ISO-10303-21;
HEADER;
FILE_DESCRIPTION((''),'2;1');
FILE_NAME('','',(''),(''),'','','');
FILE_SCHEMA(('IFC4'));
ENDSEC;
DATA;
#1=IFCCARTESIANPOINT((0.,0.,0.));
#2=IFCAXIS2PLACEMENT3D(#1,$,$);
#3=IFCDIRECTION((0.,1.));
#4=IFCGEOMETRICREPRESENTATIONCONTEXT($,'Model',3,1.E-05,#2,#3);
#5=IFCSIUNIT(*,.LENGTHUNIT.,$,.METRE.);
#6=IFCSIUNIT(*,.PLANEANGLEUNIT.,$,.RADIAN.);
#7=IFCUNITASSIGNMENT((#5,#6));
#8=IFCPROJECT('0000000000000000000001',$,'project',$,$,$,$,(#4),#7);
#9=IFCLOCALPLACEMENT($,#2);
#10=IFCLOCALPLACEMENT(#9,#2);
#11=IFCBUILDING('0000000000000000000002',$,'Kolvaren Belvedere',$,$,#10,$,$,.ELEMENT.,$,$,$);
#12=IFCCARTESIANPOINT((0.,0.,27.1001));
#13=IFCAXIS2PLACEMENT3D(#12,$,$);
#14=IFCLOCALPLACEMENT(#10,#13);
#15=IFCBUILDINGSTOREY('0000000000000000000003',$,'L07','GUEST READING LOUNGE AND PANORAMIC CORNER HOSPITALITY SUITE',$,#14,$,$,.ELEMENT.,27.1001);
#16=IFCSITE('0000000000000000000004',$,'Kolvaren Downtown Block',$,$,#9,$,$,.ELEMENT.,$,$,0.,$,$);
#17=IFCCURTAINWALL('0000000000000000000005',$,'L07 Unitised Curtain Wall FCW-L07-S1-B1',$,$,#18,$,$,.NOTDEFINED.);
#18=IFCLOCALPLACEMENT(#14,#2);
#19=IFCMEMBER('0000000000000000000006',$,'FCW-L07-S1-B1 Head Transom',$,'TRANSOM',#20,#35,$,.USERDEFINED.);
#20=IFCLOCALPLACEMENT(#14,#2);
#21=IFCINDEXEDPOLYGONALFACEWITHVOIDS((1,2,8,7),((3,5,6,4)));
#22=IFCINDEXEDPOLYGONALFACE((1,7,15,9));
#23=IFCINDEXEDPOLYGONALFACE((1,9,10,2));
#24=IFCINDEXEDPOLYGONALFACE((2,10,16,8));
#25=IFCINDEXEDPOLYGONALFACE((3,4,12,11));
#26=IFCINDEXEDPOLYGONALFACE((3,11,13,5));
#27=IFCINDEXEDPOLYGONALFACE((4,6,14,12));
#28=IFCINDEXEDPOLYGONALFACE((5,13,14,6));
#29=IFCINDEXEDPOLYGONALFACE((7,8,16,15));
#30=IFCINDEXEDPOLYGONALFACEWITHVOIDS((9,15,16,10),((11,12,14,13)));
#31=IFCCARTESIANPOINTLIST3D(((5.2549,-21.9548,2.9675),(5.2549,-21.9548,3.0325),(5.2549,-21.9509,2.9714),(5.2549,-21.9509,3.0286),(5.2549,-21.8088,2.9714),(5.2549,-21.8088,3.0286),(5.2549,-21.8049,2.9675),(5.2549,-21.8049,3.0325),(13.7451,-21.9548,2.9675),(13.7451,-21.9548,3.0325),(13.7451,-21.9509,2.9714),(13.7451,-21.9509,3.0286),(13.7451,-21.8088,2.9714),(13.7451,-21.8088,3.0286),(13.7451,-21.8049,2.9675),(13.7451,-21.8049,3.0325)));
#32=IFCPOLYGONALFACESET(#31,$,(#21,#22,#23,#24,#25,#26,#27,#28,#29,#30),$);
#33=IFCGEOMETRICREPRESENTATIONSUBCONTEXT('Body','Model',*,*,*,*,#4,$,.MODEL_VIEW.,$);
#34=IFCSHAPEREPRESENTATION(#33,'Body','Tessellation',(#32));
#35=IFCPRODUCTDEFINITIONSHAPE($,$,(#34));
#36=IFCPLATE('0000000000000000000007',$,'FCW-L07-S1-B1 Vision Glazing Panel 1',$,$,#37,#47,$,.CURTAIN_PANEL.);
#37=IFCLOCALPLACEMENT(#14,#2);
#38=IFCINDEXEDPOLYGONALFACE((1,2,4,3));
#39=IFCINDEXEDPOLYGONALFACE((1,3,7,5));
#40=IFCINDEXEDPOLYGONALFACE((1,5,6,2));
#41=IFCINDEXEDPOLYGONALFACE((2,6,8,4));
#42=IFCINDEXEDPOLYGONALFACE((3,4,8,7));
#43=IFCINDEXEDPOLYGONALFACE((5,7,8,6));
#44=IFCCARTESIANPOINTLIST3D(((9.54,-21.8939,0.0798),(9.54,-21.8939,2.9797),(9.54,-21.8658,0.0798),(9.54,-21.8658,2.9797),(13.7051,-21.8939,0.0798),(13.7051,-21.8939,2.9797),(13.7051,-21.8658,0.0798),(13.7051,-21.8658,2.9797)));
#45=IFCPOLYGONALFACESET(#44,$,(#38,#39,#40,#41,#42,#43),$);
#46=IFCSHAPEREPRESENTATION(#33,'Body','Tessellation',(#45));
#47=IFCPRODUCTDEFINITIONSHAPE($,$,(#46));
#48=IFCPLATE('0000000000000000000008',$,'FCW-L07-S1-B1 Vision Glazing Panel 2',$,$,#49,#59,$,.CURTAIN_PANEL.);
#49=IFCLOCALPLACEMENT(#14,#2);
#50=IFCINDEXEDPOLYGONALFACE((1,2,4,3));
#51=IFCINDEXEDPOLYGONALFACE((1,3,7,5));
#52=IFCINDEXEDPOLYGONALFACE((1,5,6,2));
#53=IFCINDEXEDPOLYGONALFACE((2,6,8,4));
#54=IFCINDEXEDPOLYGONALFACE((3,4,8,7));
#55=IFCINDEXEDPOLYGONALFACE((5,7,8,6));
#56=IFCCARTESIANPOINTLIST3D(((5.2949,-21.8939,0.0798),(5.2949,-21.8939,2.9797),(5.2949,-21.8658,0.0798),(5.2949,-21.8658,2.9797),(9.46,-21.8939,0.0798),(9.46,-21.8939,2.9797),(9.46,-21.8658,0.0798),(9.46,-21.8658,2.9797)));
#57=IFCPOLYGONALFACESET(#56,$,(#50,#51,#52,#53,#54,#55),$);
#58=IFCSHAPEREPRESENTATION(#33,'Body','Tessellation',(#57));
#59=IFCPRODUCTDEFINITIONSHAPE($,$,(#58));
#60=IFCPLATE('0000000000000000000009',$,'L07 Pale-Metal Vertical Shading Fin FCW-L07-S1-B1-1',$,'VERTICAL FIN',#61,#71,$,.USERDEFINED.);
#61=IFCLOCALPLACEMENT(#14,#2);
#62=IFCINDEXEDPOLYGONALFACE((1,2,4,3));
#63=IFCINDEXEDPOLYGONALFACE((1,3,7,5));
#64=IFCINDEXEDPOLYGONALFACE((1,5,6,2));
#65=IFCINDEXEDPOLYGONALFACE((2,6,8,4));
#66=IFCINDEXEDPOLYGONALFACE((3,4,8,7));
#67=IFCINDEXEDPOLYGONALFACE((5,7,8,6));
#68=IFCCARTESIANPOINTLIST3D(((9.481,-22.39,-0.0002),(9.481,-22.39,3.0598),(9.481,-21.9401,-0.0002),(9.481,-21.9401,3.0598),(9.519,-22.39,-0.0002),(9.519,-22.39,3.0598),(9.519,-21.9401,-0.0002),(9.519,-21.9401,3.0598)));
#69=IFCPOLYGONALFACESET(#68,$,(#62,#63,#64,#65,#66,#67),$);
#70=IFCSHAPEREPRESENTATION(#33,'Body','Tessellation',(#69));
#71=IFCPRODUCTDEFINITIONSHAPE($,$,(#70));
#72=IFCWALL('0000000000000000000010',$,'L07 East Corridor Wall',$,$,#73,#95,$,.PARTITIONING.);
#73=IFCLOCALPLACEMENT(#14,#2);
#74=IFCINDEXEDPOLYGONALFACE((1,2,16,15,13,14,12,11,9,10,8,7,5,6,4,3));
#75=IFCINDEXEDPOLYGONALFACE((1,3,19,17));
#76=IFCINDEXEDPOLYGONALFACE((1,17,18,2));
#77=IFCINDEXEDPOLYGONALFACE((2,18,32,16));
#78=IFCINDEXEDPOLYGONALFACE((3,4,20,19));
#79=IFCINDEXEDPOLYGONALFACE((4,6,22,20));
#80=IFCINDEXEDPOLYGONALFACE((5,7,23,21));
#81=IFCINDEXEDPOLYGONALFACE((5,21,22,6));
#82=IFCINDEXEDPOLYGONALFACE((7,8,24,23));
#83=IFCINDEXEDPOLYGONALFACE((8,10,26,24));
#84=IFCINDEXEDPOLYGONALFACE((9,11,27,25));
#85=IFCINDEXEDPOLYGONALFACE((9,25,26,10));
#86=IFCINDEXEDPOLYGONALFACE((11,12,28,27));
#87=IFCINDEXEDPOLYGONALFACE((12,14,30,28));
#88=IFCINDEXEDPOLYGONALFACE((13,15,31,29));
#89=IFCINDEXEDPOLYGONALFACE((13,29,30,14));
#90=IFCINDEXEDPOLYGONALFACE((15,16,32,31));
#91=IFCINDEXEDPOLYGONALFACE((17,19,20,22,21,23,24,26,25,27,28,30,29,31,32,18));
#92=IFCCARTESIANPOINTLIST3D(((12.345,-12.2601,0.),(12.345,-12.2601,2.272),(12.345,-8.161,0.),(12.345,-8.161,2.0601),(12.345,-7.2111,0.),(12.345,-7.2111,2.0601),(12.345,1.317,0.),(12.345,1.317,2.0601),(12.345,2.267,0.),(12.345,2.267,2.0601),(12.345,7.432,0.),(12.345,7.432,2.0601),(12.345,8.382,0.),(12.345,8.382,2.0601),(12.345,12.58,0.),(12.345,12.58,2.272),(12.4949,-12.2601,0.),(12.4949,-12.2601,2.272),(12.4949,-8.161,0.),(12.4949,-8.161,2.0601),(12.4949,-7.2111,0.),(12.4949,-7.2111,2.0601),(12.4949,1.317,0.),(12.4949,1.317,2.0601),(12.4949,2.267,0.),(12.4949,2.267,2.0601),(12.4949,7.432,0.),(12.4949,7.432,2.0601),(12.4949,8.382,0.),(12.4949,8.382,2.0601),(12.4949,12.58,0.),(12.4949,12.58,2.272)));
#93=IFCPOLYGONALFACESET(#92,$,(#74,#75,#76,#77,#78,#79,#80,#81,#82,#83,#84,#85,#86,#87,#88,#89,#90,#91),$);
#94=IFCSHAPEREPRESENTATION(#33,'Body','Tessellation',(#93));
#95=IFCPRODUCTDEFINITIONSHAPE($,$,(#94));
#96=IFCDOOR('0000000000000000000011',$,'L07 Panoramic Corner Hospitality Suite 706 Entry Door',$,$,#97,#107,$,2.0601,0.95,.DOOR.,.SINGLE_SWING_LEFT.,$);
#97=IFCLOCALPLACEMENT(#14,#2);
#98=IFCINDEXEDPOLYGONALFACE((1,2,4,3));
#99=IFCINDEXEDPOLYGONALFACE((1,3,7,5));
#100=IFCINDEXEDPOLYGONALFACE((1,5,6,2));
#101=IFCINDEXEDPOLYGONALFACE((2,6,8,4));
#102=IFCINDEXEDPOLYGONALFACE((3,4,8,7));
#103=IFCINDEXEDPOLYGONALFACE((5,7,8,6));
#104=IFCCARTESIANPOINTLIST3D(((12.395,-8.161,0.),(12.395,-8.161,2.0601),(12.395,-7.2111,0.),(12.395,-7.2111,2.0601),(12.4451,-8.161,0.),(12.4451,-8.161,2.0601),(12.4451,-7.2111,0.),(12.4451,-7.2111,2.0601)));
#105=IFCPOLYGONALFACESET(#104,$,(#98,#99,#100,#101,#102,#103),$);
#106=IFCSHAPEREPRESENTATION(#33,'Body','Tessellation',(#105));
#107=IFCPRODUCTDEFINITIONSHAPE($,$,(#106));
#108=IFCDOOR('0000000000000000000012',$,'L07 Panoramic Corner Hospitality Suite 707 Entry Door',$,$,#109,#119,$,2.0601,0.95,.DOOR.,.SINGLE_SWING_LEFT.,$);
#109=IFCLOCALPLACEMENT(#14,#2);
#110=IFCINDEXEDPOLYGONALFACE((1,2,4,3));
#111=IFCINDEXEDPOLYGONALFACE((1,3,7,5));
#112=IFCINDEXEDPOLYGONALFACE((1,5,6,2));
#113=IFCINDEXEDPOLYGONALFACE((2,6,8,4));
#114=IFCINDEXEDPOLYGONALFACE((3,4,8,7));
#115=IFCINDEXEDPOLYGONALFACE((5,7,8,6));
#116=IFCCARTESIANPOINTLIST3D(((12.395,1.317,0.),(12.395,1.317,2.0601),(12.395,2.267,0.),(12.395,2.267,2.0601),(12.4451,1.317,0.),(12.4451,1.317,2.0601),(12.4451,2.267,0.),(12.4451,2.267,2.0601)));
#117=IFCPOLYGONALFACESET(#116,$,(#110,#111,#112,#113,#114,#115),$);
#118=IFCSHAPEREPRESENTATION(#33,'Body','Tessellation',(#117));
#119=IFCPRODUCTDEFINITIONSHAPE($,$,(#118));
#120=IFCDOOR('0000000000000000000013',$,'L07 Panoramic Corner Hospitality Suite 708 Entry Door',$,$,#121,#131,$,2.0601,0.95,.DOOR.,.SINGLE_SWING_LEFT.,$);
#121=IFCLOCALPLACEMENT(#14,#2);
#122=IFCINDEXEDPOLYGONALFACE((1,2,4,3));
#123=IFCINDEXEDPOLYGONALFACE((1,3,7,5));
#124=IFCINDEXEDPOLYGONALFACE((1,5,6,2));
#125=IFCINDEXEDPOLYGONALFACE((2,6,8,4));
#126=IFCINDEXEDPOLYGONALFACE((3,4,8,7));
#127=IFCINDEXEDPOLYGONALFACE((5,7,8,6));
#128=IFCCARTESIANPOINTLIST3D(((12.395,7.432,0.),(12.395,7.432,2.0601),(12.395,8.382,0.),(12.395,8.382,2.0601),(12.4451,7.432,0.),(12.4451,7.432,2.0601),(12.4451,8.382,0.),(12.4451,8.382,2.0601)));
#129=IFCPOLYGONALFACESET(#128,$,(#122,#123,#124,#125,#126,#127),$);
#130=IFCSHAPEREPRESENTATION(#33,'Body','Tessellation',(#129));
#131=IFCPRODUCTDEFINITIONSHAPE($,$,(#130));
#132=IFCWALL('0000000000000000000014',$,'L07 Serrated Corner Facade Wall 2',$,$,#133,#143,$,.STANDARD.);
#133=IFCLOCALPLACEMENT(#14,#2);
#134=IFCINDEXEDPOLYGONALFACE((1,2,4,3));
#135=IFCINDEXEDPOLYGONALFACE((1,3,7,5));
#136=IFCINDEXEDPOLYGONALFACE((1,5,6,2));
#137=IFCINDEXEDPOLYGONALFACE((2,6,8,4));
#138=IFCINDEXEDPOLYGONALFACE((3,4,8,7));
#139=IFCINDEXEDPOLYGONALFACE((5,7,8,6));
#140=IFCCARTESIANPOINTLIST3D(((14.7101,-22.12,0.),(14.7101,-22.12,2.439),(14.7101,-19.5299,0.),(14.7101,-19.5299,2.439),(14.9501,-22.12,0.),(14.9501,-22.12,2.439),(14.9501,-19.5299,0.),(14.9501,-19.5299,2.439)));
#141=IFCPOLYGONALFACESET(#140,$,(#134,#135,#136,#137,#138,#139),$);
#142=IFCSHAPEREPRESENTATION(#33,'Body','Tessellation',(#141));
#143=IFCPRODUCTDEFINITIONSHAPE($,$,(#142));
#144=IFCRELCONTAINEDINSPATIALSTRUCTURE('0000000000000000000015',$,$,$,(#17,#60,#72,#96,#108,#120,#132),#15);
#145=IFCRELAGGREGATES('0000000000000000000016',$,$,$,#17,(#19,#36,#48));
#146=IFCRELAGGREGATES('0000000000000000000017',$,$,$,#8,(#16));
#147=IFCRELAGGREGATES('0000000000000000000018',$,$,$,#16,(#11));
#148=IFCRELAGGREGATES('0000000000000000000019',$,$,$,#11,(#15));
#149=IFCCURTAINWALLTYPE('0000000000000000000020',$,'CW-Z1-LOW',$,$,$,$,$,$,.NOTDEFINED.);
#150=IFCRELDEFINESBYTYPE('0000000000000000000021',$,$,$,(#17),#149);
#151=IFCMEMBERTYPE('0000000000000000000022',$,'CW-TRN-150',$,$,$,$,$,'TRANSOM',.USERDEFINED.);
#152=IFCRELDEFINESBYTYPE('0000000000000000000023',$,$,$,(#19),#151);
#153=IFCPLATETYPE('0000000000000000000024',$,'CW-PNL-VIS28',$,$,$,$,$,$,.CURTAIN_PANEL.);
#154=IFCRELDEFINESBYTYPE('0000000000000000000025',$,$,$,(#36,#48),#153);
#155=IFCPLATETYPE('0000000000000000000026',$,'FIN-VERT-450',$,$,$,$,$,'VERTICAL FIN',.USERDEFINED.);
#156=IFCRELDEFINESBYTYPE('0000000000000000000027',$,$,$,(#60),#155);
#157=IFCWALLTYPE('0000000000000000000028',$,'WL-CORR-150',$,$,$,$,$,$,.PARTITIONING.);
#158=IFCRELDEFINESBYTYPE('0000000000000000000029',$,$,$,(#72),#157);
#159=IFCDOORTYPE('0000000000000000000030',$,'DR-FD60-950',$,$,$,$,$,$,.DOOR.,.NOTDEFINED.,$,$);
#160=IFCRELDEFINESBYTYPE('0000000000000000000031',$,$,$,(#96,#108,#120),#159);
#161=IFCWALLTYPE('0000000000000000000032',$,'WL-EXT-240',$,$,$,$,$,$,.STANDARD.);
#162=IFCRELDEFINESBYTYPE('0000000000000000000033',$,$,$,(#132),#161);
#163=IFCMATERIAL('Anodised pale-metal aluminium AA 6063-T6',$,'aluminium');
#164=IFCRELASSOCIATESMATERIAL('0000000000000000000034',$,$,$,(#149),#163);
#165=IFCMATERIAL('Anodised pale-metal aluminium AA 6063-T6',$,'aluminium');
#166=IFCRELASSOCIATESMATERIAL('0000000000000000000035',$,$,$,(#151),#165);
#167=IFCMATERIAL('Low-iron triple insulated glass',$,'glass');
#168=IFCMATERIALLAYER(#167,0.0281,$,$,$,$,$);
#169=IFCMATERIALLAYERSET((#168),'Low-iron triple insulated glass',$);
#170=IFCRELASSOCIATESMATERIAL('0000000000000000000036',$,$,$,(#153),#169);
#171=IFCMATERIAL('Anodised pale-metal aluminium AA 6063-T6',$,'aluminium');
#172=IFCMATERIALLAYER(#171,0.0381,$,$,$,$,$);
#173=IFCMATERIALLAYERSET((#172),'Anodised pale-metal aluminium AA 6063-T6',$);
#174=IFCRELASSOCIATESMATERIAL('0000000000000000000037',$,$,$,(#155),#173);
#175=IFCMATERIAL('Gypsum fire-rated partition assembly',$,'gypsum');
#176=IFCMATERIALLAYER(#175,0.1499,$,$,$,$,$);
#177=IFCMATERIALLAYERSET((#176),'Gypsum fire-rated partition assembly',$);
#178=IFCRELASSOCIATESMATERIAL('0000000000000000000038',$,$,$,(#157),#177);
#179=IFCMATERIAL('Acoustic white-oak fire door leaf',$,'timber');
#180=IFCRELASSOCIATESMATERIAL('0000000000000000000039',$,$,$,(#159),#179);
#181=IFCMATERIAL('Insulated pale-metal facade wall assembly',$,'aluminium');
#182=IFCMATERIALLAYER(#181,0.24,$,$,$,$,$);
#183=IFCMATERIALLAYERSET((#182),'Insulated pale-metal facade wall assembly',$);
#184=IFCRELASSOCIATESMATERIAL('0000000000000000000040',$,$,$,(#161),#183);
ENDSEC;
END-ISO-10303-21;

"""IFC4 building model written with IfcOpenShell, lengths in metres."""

from ifc_helpers import new_model, si_unit, direction, frame, frame_2d, origin, origin_2d, place, context, subcontext, project, spatial, rectangle, hollow_rectangle, extrude, material, layer, layer_set, material_profile, profile_set, type_object, element, fill, aggregate, save


model = new_model("IFC4")

# Units and contexts
model_context = context("Model", 3, precision=1e-05, world=origin(), true_north=direction((0.0, 1.0)))
body_context = subcontext(model_context, "Body", "Model", "MODEL_VIEW")
ifc_project = project(units=[si_unit("LENGTHUNIT", "METRE"), si_unit("PLANEANGLEUNIT", "RADIAN")], contexts=[model_context])

# Site, building, storey
site_placement = place(None, origin())
site = spatial("IfcSite", under=ifc_project, at=site_placement, Name="Kolvaren Downtown Block", CompositionType="ELEMENT", RefElevation=0.0)
building_placement = place(site_placement, origin())
building = spatial("IfcBuilding", under=site, at=building_placement, Name="Kolvaren Belvedere", CompositionType="ELEMENT")
storey_placement = place(building_placement, frame((0.0, 0.0, 27.1001)))
storey = spatial("IfcBuildingStorey", under=building, at=storey_placement, Name="L07", Description="GUEST READING LOUNGE AND PANORAMIC CORNER HOSPITALITY SUITE", CompositionType="ELEMENT", Elevation=27.1001)

# Curtain wall
ifc_material_1 = material(Name="Anodised pale-metal aluminium AA 6063-T6", Category="aluminium")
curtain_wall_type = type_object("IfcCurtainWallType", Name="CW-Z1-LOW", PredefinedType="NOTDEFINED", material=ifc_material_1)
curtain_wall_1_placement = place(storey_placement, origin())
curtain_wall_1 = element("IfcCurtainWall", 1, at=curtain_wall_1_placement, inside=storey, type_object=curtain_wall_type, Name="L07 Unitised Curtain Wall FCW-L07-S1-B1", PredefinedType="NOTDEFINED")

# Member
ifc_material_2 = material(Name="Anodised pale-metal aluminium AA 6063-T6", Category="aluminium")
ifc_material_profile_1 = material_profile(ifc_material_2, hollow_rectangle(XDim=0.0649, YDim=0.1499, WallThickness=0.0039, at=origin_2d()), Name="ALU-TRN-150X65")
ifc_profile_set_1 = profile_set([ifc_material_profile_1], Name="Anodised pale-metal aluminium AA 6063-T6")
member_type_1 = type_object("IfcMemberType", Name="CW-TRN-150", ElementType="TRANSOM", PredefinedType="USERDEFINED", material=ifc_profile_set_1)
member_1_placement = place(storey_placement, frame((13.7451, -21.8799, 3.0), z_axis=(-1.0, 0.0, 0.0), x_axis=(0.0, 0.0, 1.0)))
member_1 = element("IfcMember", 2, at=member_1_placement, type_object=member_type_1, Name="FCW-L07-S1-B1 Head Transom", ObjectType="TRANSOM", PredefinedType="USERDEFINED", context=body_context, shape_type="SweptSolid", body=[
    extrude(hollow_rectangle(XDim=0.0649, YDim=0.1499, WallThickness=0.0039, at=origin_2d()), origin(), (0.0, 0.0, 1.0), 8.4902),
])

# Plates
ifc_material_3 = material(Name="Low-iron triple insulated glass", Category="glass")
ifc_layer_1 = layer(ifc_material_3, 0.0281)
ifc_layer_set_1 = layer_set([ifc_layer_1], Name="Low-iron triple insulated glass")
plate_type_1 = type_object("IfcPlateType", Name="CW-PNL-VIS28", PredefinedType="CURTAIN_PANEL", material=ifc_layer_set_1)
plate_1_placement = place(storey_placement, frame((11.6226, -21.8799, 0.0798), z_axis=(0.0, 0.0, 1.0), x_axis=(-1.0, 0.0, 0.0)))
plate_1 = element("IfcPlate", 3, at=plate_1_placement, type_object=plate_type_1, Name="FCW-L07-S1-B1 Vision Glazing Panel 1", PredefinedType="CURTAIN_PANEL", context=body_context, shape_type="SweptSolid", body=[
    extrude(rectangle(XDim=4.165, YDim=0.0281, at=origin_2d()), origin(), (0.0, 0.0, 1.0), 2.8999),
])
plate_2_placement = place(storey_placement, frame((7.3774, -21.8799, 0.0798), z_axis=(0.0, 0.0, 1.0), x_axis=(-1.0, 0.0, 0.0)))
plate_2 = element("IfcPlate", 4, at=plate_2_placement, type_object=plate_type_1, Name="FCW-L07-S1-B1 Vision Glazing Panel 2", PredefinedType="CURTAIN_PANEL", context=body_context, shape_type="SweptSolid", body=[
    extrude(rectangle(XDim=4.165, YDim=0.0281, at=origin_2d()), origin(), (0.0, 0.0, 1.0), 2.8999),
])
aggregate(curtain_wall_1, [member_1, plate_1, plate_2])
ifc_material_4 = material(Name="Anodised pale-metal aluminium AA 6063-T6", Category="aluminium")
ifc_layer_2 = layer(ifc_material_4, 0.0381)
ifc_layer_set_2 = layer_set([ifc_layer_2], Name="Anodised pale-metal aluminium AA 6063-T6")
plate_type_2 = type_object("IfcPlateType", Name="FIN-VERT-450", ElementType="VERTICAL FIN", PredefinedType="USERDEFINED", material=ifc_layer_set_2)
plate_3_placement = place(storey_placement, frame((9.5, -22.165, -0.0002), z_axis=(0.0, 0.0, 1.0), x_axis=(0.0, 1.0, 0.0)))
element("IfcPlate", 5, at=plate_3_placement, inside=storey, type_object=plate_type_2, Name="L07 Pale-Metal Vertical Shading Fin FCW-L07-S1-B1-1", ObjectType="VERTICAL FIN", PredefinedType="USERDEFINED", context=body_context, shape_type="SweptSolid", body=[
    extrude(rectangle(XDim=0.45, YDim=0.0381, at=origin_2d()), origin(), (0.0, 0.0, 1.0), 3.0601),
])

# Wall, openings, doors
ifc_material_5 = material(Name="Gypsum fire-rated partition assembly", Category="gypsum")
ifc_layer_3 = layer(ifc_material_5, 0.1499)
ifc_layer_set_3 = layer_set([ifc_layer_3], Name="Gypsum fire-rated partition assembly")
wall_type_1 = type_object("IfcWallType", Name="WL-CORR-150", PredefinedType="PARTITIONING", material=ifc_layer_set_3)
wall_1_placement = place(storey_placement, frame((12.4199, -12.26, 0.0), z_axis=(0.0, 0.0, 1.0), x_axis=(0.0, 1.0, 0.0)))
wall_1 = element("IfcWall", 6, at=wall_1_placement, inside=storey, type_object=wall_type_1, Name="L07 East Corridor Wall", PredefinedType="PARTITIONING", context=body_context, shape_type="SweptSolid", body=[
    extrude(rectangle(XDim=24.8401, YDim=0.1499, at=frame_2d((12.4199, 0.0))), origin(), (0.0, 0.0, 1.0), 2.272),
])
opening_1_placement = place(wall_1_placement, frame((4.0989, 0.0, 0.0)))
opening_1 = element("IfcOpeningElement", 7, at=opening_1_placement, cuts=wall_1, PredefinedType="OPENING", context=body_context, shape_type="SweptSolid", body=[
    extrude(rectangle(XDim=0.95, YDim=2.0601, at=frame_2d((0.4751, 1.03))), frame((0.0, 0.085, 0.0), z_axis=(0.0, -1.0, 0.0), x_axis=(1.0, 0.0, 0.0)), (0.0, 0.0, 1.0), 0.1699),
])
opening_2_placement = place(wall_1_placement, frame((13.5769, 0.0, 0.0)))
opening_2 = element("IfcOpeningElement", 8, at=opening_2_placement, cuts=wall_1, PredefinedType="OPENING", context=body_context, shape_type="SweptSolid", body=[
    extrude(rectangle(XDim=0.95, YDim=2.0601, at=frame_2d((0.4751, 1.03))), frame((0.0, 0.085, 0.0), z_axis=(0.0, -1.0, 0.0), x_axis=(1.0, 0.0, 0.0)), (0.0, 0.0, 1.0), 0.1699),
])
opening_3_placement = place(wall_1_placement, frame((19.6919, 0.0, 0.0)))
opening_3 = element("IfcOpeningElement", 9, at=opening_3_placement, cuts=wall_1, PredefinedType="OPENING", context=body_context, shape_type="SweptSolid", body=[
    extrude(rectangle(XDim=0.95, YDim=2.0601, at=frame_2d((0.4751, 1.03))), frame((0.0, 0.085, 0.0), z_axis=(0.0, -1.0, 0.0), x_axis=(1.0, 0.0, 0.0)), (0.0, 0.0, 1.0), 0.1699),
])
ifc_material_6 = material(Name="Acoustic white-oak fire door leaf", Category="timber")
door_type = type_object("IfcDoorType", Name="DR-FD60-950", OperationType="NOTDEFINED", PredefinedType="DOOR", material=ifc_material_6)
door_1_placement = place(opening_1_placement, origin())
door_1 = element("IfcDoor", 10, at=door_1_placement, inside=storey, type_object=door_type, Name="L07 Panoramic Corner Hospitality Suite 706 Entry Door", OperationType="SINGLE_SWING_LEFT", OverallHeight=2.0601, OverallWidth=0.95, PredefinedType="DOOR", context=body_context, shape_type="SweptSolid", body=[
    extrude(rectangle(XDim=0.95, YDim=2.0601, at=frame_2d((0.4751, 1.03))), frame((0.0, 0.0249, 0.0), z_axis=(0.0, -1.0, 0.0), x_axis=(1.0, 0.0, 0.0)), (0.0, 0.0, 1.0), 0.05),
])
fill(opening_1, door_1)
door_2_placement = place(opening_2_placement, origin())
door_2 = element("IfcDoor", 11, at=door_2_placement, inside=storey, type_object=door_type, Name="L07 Panoramic Corner Hospitality Suite 707 Entry Door", OperationType="SINGLE_SWING_LEFT", OverallHeight=2.0601, OverallWidth=0.95, PredefinedType="DOOR", context=body_context, shape_type="SweptSolid", body=[
    extrude(rectangle(XDim=0.95, YDim=2.0601, at=frame_2d((0.4751, 1.03))), frame((0.0, 0.0249, 0.0), z_axis=(0.0, -1.0, 0.0), x_axis=(1.0, 0.0, 0.0)), (0.0, 0.0, 1.0), 0.05),
])
fill(opening_2, door_2)
door_3_placement = place(opening_3_placement, origin())
door_3 = element("IfcDoor", 12, at=door_3_placement, inside=storey, type_object=door_type, Name="L07 Panoramic Corner Hospitality Suite 708 Entry Door", OperationType="SINGLE_SWING_LEFT", OverallHeight=2.0601, OverallWidth=0.95, PredefinedType="DOOR", context=body_context, shape_type="SweptSolid", body=[
    extrude(rectangle(XDim=0.95, YDim=2.0601, at=frame_2d((0.4751, 1.03))), frame((0.0, 0.0249, 0.0), z_axis=(0.0, -1.0, 0.0), x_axis=(1.0, 0.0, 0.0)), (0.0, 0.0, 1.0), 0.05),
])
fill(opening_3, door_3)

# Wall
ifc_material_7 = material(Name="Insulated pale-metal facade wall assembly", Category="aluminium")
ifc_layer_4 = layer(ifc_material_7, 0.24)
ifc_layer_set_4 = layer_set([ifc_layer_4], Name="Insulated pale-metal facade wall assembly")
wall_type_2 = type_object("IfcWallType", Name="WL-EXT-240", PredefinedType="STANDARD", material=ifc_layer_set_4)
wall_2_placement = place(storey_placement, frame((14.8301, -19.53, 0.0), z_axis=(0.0, 0.0, 1.0), x_axis=(0.0, -1.0, 0.0)))
element("IfcWall", 13, at=wall_2_placement, inside=storey, type_object=wall_type_2, Name="L07 Serrated Corner Facade Wall 2", PredefinedType="STANDARD", context=body_context, shape_type="SweptSolid", body=[
    extrude(rectangle(XDim=2.5901, YDim=0.24, at=frame_2d((1.2949, 0.0))), origin(), (0.0, 0.0, 1.0), 2.439),
])

save(model, "model.ifc")
